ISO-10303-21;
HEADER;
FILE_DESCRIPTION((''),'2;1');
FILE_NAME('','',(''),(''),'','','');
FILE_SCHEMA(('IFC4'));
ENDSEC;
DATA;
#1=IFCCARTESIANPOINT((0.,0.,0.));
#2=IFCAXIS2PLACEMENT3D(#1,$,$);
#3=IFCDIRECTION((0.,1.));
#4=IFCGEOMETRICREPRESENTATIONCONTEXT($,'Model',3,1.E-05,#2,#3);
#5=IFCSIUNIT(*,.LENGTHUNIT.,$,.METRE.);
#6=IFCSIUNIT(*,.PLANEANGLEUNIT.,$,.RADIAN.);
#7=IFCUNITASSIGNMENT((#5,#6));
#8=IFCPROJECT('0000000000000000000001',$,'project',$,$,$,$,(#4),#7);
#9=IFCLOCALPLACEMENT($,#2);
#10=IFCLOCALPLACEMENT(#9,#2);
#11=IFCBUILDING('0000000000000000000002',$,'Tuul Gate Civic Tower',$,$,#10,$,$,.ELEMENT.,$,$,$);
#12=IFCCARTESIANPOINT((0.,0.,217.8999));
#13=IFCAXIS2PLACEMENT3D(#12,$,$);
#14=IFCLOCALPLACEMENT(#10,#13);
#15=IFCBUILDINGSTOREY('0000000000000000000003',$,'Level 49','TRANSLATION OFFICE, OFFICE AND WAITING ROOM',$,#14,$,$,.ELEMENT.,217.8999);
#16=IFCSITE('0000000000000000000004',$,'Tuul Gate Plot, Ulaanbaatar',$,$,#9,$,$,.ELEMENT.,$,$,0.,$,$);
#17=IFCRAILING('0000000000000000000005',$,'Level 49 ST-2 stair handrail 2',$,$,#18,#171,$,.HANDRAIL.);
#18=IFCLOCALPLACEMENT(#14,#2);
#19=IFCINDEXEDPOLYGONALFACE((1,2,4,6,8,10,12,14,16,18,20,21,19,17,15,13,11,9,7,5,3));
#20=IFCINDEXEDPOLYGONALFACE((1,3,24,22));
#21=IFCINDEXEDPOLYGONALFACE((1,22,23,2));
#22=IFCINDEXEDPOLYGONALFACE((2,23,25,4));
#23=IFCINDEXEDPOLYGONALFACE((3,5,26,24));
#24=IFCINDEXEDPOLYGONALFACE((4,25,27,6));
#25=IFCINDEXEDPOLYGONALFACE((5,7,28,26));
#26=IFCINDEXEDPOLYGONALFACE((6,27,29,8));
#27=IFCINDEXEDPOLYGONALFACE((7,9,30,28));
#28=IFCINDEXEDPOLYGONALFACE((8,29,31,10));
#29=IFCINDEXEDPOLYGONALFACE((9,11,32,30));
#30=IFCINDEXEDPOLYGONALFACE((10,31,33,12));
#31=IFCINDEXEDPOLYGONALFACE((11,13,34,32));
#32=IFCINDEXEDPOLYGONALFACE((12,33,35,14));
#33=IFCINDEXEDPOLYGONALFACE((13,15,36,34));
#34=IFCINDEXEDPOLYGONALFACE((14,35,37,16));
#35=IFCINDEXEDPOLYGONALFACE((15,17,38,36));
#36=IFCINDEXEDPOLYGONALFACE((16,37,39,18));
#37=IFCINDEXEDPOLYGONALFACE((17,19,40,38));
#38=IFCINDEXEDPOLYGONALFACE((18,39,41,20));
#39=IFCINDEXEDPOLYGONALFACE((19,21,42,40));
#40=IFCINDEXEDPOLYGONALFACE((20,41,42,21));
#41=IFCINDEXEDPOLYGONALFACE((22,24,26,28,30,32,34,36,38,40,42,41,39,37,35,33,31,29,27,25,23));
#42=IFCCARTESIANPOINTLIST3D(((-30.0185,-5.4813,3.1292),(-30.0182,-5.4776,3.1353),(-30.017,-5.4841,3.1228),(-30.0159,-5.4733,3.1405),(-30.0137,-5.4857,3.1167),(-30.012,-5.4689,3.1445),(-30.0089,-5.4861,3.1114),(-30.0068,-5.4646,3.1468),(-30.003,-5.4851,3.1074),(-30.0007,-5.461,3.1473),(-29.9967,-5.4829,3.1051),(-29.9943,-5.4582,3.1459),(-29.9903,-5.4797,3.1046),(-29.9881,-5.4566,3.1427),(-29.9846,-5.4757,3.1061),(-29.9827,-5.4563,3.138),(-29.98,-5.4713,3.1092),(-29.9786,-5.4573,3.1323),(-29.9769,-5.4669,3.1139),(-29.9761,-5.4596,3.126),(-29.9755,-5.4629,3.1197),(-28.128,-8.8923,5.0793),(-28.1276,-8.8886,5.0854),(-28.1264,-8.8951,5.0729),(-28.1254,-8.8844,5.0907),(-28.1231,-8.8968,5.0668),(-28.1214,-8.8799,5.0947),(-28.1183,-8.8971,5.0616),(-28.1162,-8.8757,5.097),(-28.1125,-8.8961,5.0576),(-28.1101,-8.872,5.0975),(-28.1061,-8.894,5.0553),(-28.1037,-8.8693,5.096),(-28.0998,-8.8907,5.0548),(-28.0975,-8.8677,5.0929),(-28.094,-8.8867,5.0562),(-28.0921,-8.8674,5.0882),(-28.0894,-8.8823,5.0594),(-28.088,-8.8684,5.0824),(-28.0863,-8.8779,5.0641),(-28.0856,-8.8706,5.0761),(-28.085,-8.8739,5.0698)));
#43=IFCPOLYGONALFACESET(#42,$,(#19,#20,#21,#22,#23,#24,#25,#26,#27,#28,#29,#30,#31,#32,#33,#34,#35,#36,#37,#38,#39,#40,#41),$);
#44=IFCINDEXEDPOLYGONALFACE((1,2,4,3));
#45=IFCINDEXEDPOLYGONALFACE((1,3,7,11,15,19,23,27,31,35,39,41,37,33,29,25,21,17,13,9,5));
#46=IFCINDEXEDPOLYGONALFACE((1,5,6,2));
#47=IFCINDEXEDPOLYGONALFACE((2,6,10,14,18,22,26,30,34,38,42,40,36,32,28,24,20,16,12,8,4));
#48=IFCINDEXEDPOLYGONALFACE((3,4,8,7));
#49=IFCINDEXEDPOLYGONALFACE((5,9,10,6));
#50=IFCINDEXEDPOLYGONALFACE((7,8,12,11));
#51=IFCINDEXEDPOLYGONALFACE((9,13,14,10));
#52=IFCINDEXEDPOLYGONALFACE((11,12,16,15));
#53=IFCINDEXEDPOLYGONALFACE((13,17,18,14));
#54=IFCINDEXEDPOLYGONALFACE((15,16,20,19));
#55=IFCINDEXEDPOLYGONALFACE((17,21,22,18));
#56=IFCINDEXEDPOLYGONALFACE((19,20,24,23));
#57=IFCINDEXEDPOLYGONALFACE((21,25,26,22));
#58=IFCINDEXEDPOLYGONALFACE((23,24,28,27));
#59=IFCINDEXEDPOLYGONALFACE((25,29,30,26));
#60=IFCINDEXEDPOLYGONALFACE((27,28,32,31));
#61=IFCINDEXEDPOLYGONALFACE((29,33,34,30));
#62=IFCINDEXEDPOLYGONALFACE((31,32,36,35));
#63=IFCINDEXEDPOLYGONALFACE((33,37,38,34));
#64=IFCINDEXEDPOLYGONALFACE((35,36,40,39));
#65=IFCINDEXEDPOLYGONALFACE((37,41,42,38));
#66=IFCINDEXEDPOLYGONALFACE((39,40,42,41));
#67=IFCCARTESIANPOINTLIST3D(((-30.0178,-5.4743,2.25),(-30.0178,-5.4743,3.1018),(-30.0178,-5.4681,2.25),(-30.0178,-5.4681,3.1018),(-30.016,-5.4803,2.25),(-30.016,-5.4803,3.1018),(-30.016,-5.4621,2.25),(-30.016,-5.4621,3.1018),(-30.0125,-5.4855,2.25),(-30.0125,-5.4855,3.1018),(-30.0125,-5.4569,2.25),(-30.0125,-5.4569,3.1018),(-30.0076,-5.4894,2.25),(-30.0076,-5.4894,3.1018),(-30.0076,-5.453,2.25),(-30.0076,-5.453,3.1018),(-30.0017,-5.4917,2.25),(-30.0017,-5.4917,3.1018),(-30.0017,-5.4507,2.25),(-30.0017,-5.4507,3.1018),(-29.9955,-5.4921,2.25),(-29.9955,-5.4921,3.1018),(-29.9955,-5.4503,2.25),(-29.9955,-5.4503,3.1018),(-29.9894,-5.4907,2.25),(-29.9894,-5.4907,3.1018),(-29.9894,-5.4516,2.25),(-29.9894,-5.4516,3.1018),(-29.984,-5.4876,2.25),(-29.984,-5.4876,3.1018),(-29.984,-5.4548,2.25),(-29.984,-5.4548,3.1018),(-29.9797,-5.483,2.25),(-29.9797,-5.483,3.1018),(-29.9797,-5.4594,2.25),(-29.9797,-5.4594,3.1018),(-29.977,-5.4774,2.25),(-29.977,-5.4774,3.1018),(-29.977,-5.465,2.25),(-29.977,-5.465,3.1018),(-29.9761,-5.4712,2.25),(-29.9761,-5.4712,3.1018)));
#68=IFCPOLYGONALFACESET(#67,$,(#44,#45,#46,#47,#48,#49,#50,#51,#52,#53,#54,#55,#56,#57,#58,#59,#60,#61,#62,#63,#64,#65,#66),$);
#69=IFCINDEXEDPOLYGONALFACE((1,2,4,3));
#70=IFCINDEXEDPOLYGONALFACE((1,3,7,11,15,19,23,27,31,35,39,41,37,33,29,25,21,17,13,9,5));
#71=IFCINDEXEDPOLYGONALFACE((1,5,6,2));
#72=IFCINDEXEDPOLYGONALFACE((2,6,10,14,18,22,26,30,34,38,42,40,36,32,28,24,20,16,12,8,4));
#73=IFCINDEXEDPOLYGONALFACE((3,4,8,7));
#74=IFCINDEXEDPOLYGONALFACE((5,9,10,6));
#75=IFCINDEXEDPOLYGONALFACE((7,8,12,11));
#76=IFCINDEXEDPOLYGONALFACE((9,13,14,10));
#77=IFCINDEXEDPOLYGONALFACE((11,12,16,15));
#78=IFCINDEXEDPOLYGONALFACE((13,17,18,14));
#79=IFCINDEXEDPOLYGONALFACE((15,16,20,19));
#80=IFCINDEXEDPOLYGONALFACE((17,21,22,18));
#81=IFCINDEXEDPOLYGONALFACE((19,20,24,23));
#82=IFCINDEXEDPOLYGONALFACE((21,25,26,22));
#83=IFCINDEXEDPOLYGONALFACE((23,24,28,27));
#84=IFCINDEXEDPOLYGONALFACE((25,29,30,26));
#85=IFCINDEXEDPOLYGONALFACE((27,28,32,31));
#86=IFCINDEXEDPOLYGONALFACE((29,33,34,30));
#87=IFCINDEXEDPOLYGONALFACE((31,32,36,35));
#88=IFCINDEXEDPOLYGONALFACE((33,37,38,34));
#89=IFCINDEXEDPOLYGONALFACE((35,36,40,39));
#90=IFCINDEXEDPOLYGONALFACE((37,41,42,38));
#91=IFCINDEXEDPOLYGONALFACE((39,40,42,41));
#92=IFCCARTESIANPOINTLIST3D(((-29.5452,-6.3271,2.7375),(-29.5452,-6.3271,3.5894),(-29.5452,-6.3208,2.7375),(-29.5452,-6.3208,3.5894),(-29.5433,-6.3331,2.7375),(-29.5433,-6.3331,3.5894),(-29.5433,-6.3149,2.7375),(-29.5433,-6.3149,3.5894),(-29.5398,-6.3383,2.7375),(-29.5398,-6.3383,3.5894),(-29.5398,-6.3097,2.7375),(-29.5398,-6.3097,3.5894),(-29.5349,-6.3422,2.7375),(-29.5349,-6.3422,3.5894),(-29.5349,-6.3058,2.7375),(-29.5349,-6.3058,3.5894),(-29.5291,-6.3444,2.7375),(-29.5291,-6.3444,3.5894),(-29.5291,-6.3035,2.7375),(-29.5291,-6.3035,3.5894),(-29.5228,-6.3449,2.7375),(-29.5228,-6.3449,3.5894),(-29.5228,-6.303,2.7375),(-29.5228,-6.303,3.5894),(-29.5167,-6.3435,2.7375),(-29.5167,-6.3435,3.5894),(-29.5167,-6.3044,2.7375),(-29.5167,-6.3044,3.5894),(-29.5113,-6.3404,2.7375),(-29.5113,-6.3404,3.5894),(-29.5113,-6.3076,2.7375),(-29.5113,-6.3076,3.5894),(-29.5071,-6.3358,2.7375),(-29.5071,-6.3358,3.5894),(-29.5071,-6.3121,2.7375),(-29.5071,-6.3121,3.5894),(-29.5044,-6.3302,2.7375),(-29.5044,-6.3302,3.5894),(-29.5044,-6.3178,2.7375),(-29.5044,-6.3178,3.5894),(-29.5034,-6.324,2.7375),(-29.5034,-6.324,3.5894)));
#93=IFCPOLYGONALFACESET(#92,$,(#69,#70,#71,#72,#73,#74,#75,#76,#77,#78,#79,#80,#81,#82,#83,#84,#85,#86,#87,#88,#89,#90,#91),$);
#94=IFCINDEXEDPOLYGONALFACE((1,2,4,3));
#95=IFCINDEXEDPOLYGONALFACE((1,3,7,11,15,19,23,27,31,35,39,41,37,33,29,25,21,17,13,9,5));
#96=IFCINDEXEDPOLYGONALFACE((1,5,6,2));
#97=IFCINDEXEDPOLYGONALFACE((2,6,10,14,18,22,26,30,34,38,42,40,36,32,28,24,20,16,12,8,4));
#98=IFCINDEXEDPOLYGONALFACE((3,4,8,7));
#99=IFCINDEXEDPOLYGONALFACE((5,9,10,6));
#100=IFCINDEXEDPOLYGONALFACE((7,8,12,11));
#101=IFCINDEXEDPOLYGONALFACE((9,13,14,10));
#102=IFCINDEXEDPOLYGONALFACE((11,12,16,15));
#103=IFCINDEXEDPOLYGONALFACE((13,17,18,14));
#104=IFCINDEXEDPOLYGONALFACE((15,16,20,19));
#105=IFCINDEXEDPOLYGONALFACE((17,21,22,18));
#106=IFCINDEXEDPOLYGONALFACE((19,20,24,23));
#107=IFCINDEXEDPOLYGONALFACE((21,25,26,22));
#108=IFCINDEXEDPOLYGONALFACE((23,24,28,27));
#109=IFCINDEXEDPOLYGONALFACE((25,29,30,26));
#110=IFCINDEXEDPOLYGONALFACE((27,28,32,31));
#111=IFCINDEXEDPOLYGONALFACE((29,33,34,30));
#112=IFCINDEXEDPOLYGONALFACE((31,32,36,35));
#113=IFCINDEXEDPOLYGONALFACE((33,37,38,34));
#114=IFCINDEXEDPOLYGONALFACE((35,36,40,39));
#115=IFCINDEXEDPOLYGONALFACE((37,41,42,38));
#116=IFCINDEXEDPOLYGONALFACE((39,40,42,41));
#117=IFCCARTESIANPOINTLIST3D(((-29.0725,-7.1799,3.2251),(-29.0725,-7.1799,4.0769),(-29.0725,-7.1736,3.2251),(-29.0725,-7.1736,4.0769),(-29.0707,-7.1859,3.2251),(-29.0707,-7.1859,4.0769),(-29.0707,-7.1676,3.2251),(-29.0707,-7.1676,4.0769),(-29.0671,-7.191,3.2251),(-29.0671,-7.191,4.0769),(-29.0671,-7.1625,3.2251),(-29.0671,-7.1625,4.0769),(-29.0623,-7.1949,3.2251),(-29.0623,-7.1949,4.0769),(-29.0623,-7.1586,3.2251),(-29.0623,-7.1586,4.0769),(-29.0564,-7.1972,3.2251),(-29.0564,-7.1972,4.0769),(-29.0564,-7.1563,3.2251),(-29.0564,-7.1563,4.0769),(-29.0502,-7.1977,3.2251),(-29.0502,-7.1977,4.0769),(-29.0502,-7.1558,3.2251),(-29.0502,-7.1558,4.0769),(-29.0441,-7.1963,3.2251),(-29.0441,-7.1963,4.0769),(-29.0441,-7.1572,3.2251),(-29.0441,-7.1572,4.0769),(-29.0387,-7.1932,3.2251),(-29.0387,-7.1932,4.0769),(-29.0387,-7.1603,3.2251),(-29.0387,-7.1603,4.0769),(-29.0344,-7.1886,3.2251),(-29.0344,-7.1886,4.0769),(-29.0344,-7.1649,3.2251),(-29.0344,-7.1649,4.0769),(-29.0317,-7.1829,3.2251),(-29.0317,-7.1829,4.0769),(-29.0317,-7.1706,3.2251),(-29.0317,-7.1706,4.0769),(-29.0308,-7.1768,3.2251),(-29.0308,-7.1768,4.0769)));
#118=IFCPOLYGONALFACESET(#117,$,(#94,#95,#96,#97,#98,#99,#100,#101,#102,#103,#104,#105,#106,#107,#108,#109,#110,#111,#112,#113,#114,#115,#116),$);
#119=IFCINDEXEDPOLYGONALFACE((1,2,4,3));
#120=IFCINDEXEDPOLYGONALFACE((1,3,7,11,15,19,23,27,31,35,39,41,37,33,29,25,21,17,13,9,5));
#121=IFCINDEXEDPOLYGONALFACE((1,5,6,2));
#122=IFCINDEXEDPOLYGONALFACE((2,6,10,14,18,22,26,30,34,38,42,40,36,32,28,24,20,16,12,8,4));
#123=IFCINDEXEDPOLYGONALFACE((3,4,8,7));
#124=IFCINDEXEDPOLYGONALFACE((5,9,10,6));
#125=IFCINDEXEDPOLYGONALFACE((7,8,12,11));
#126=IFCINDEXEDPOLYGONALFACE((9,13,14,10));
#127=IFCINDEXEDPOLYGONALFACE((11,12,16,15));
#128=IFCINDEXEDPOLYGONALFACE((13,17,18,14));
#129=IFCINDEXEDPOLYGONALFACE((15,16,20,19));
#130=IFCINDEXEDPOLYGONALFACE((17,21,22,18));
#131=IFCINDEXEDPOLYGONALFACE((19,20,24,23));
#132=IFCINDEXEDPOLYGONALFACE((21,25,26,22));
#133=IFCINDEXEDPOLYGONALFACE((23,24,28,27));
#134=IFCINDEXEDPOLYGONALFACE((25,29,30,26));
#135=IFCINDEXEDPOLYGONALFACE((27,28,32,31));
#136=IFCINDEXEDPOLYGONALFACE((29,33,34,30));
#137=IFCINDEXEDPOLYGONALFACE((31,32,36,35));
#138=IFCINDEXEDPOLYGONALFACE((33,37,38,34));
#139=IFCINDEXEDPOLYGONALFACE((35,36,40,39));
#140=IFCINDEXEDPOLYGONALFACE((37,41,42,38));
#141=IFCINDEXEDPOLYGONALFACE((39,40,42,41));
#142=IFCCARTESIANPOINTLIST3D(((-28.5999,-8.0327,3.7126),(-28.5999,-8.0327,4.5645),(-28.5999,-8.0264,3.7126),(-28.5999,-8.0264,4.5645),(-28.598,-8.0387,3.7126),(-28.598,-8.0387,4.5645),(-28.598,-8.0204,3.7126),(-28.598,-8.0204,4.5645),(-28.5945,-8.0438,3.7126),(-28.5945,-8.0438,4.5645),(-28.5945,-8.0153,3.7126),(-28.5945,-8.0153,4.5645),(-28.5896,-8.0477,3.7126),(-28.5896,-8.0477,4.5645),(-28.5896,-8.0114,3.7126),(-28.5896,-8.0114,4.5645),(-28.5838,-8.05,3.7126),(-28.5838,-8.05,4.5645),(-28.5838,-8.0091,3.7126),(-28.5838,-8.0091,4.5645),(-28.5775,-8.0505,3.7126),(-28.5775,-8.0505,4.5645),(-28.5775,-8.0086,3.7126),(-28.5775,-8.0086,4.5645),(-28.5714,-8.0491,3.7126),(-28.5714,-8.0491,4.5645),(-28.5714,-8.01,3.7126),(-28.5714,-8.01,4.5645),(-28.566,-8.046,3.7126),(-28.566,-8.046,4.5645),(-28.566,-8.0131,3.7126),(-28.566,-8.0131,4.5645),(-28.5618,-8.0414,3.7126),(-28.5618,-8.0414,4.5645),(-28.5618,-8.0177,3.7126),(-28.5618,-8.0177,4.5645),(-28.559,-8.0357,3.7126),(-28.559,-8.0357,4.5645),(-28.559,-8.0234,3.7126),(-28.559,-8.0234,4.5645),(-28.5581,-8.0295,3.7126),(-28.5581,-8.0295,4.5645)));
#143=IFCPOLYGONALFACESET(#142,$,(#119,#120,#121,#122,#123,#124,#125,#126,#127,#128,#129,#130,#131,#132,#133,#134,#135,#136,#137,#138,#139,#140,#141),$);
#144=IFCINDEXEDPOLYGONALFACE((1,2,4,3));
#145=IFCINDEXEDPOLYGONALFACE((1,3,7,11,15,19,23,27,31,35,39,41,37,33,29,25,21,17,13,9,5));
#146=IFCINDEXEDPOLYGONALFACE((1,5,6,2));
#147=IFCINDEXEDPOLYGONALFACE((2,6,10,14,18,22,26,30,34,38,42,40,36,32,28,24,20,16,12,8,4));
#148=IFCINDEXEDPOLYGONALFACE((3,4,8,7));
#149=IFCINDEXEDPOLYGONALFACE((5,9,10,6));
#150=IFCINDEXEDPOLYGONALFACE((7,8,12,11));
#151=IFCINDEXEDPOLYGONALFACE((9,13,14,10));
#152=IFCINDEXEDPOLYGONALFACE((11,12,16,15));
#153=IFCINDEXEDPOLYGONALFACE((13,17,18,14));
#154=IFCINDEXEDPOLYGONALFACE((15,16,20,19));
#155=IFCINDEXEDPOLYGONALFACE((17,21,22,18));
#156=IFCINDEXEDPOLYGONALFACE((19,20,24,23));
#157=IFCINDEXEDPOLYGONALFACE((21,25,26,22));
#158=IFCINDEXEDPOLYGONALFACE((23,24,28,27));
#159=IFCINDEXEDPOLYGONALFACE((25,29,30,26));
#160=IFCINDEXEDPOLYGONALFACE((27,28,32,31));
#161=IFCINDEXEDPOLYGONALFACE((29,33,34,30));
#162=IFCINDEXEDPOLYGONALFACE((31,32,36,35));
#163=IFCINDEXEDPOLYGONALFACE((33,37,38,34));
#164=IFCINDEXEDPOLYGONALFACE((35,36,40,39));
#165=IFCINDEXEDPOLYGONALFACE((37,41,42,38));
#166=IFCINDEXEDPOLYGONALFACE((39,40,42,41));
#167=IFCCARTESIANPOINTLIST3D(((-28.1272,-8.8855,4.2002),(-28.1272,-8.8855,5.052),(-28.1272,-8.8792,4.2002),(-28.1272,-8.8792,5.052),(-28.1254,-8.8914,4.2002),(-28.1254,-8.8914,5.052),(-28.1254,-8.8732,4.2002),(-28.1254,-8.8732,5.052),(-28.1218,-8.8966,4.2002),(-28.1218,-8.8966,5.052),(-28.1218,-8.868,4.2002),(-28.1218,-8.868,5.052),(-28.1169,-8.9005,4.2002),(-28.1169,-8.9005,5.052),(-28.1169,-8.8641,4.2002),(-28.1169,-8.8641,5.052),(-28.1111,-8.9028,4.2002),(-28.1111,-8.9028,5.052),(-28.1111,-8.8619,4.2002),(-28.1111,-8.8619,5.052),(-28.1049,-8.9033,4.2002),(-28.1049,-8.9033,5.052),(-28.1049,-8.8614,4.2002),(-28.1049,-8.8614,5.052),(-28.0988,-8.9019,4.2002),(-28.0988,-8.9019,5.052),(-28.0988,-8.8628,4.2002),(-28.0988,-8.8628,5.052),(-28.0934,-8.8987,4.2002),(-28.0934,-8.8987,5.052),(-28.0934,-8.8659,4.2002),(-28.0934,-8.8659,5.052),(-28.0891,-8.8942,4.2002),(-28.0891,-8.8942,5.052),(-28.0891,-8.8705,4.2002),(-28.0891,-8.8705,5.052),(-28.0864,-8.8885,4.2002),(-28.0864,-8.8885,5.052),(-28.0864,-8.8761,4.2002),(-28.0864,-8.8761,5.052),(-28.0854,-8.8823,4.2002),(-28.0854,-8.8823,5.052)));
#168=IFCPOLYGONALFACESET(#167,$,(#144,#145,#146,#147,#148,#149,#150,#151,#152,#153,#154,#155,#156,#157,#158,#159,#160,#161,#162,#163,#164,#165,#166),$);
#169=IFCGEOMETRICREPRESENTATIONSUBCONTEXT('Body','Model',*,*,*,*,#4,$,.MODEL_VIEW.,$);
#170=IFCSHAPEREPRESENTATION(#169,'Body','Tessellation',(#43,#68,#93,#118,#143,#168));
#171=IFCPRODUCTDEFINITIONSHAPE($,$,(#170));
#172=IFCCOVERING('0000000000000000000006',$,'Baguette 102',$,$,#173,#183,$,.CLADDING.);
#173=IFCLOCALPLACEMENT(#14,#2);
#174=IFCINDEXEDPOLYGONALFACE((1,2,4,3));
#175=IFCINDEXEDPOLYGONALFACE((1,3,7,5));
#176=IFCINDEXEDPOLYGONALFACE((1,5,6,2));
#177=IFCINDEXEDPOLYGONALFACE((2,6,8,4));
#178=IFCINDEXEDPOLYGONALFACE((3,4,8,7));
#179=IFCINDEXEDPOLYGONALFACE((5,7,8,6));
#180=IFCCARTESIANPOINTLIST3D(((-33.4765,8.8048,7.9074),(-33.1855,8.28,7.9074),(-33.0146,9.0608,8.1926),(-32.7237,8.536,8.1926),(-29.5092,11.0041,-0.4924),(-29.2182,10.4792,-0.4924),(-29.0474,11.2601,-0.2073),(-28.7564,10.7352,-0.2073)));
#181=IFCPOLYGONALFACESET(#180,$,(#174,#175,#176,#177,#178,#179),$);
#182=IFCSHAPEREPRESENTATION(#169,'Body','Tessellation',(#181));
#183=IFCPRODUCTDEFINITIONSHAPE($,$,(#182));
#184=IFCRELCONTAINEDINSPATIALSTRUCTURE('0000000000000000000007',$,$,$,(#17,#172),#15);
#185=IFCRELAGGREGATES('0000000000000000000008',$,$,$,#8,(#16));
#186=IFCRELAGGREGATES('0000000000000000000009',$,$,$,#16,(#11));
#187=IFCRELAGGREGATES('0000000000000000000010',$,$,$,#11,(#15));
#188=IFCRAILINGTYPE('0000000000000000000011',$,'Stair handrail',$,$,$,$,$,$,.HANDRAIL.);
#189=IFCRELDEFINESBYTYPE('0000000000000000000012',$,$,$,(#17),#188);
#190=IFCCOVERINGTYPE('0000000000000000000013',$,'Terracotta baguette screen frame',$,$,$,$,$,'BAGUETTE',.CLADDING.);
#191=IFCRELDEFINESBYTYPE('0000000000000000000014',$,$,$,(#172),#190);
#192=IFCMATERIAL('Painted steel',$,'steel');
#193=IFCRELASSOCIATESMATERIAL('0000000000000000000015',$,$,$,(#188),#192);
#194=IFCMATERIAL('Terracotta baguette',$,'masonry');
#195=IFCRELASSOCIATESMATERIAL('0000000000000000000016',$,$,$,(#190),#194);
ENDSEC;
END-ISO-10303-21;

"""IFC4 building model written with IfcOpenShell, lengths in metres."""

from ifc_helpers import new_model, si_unit, direction, frame, origin, origin_2d, place, context, subcontext, project, spatial, rectangle, circle, extrude, material, material_profile, profile_set, type_object, element, save


model = new_model("IFC4")

# Units and contexts
model_context = context("Model", 3, precision=1e-05, world=origin(), true_north=direction((0.0, 1.0)))
body_context = subcontext(model_context, "Body", "Model", "MODEL_VIEW")
ifc_project = project(units=[si_unit("LENGTHUNIT", "METRE"), si_unit("PLANEANGLEUNIT", "RADIAN")], contexts=[model_context])

# Site, building, storey
site_placement = place(None, origin())
site = spatial("IfcSite", under=ifc_project, at=site_placement, Name="Tuul Gate Plot, Ulaanbaatar", CompositionType="ELEMENT", RefElevation=0.0)
building_placement = place(site_placement, origin())
building = spatial("IfcBuilding", under=site, at=building_placement, Name="Tuul Gate Civic Tower", CompositionType="ELEMENT")
storey_placement = place(building_placement, frame((0.0, 0.0, 217.8999)))
storey = spatial("IfcBuildingStorey", under=building, at=storey_placement, Name="Level 49", Description="TRANSLATION OFFICE, OFFICE AND WAITING ROOM", CompositionType="ELEMENT", Elevation=217.8999)

# Railing
ifc_material_1 = material(Name="Painted steel", Category="steel")
railing_type = type_object("IfcRailingType", Name="Stair handrail", PredefinedType="HANDRAIL", material=ifc_material_1)
railing_placement = place(storey_placement, frame((-29.9971, -5.4712, 2.25)))
element("IfcRailing", 1, at=railing_placement, inside=storey, type_object=railing_type, Name="Level 49 ST-2 stair handrail 2", PredefinedType="HANDRAIL", context=body_context, shape_type="SweptSolid", body=[
    extrude(circle(Radius=0.0239, at=origin_2d()), frame((0.0, 0.0, 0.876), z_axis=(0.433585, -0.782289, 0.447246), x_axis=(0.874641, 0.484771, 0.0)), (0.0, 0.0, 1.0), 4.3604),
    extrude(circle(Radius=0.021, at=origin_2d()), origin(), (0.0, 0.0, 1.0), 0.8518),
    extrude(circle(Radius=0.021, at=origin_2d()), frame((0.4727, -0.8528, 0.4875)), (0.0, 0.0, 1.0), 0.8518),
    extrude(circle(Radius=0.021, at=origin_2d()), frame((0.9453, -1.7056, 0.9751)), (0.0, 0.0, 1.0), 0.8518),
    extrude(circle(Radius=0.021, at=origin_2d()), frame((1.418, -2.5583, 1.4626)), (0.0, 0.0, 1.0), 0.8518),
    extrude(circle(Radius=0.021, at=origin_2d()), frame((1.8906, -3.4111, 1.9502)), (0.0, 0.0, 1.0), 0.8518),
])

# Covering
ifc_material_2 = material(Name="Terracotta baguette", Category="masonry")
ifc_material_profile_1 = material_profile(ifc_material_2, rectangle(XDim=0.6001, YDim=0.6001, at=origin_2d()), Name="Terracotta baguette screen frame")
ifc_profile_set_1 = profile_set([ifc_material_profile_1], Name="Terracotta baguette")
covering_type = type_object("IfcCoveringType", Name="Terracotta baguette screen frame", ElementType="BAGUETTE", PredefinedType="CLADDING", material=ifc_profile_set_1)
covering_placement = place(storey_placement, frame((-29.1328, 10.8696, -0.3499), z_axis=(-0.415578, -0.230371, 0.8799), x_axis=(0.484829, -0.874609, 0.0)))
element("IfcCovering", 2, at=covering_placement, inside=storey, type_object=covering_type, Name="Baguette 102", PredefinedType="CLADDING", context=body_context, shape_type="SweptSolid", body=[
    extrude(rectangle(XDim=0.6001, YDim=0.6001, at=origin_2d()), origin(), (0.0, 0.0, 1.0), 9.5464),
])

save(model, "model.ifc")
